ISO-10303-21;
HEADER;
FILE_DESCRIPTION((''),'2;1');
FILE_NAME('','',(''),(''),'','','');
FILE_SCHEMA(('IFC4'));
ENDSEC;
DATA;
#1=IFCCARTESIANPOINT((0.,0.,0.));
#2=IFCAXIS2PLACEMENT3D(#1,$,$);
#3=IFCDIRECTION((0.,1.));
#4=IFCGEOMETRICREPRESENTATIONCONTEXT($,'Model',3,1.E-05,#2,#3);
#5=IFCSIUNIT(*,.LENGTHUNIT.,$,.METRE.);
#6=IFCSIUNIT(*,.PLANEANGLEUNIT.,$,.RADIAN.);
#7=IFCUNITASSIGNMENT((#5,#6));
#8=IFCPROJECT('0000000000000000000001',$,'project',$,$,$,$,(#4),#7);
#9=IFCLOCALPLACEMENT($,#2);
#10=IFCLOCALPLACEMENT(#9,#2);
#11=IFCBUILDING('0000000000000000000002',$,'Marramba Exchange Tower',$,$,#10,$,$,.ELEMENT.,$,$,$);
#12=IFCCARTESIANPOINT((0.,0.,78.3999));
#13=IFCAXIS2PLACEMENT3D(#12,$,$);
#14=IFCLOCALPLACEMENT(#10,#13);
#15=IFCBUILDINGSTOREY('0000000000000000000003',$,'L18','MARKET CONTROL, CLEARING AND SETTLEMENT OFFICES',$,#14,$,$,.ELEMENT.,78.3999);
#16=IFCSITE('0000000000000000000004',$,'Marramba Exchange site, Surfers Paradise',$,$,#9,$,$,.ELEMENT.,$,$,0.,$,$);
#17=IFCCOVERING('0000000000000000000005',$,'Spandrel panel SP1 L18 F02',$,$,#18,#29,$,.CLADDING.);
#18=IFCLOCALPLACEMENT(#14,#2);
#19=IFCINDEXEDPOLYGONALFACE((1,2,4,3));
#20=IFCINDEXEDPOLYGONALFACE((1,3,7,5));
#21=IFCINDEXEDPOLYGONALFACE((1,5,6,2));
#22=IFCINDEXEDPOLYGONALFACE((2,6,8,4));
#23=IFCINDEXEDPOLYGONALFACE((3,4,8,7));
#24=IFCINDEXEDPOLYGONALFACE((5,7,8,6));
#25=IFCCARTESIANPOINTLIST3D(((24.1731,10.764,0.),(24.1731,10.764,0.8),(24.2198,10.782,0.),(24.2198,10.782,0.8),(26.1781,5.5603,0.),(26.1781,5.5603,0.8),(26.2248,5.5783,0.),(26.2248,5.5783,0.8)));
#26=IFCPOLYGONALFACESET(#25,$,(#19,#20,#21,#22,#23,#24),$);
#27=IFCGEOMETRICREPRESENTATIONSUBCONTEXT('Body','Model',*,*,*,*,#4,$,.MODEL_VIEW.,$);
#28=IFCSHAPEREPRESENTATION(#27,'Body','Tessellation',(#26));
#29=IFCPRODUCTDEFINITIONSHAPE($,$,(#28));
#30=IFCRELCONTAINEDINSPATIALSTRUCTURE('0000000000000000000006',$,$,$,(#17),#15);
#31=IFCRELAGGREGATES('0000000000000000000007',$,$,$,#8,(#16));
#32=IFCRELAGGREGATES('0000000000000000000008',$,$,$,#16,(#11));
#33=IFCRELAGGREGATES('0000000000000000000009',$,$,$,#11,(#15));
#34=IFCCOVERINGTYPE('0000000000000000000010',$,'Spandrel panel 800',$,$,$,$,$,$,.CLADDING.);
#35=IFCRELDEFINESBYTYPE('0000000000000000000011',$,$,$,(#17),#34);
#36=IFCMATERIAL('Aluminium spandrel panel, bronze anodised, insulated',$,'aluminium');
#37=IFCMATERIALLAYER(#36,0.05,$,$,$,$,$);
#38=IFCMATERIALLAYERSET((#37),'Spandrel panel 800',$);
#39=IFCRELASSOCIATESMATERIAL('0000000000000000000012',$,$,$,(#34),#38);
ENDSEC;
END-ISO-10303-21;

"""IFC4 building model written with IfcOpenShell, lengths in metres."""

from ifc_helpers import new_model, si_unit, direction, frame, origin, origin_2d, place, context, subcontext, project, spatial, rectangle, extrude, material, layer, layer_set, type_object, element, save


model = new_model("IFC4")

# Units and contexts
model_context = context("Model", 3, precision=1e-05, world=origin(), true_north=direction((0.0, 1.0)))
body_context = subcontext(model_context, "Body", "Model", "MODEL_VIEW")
ifc_project = project(units=[si_unit("LENGTHUNIT", "METRE"), si_unit("PLANEANGLEUNIT", "RADIAN")], contexts=[model_context])

# Site, building, storey
site_placement = place(None, origin())
site = spatial("IfcSite", under=ifc_project, at=site_placement, Name="Marramba Exchange site, Surfers Paradise", CompositionType="ELEMENT", RefElevation=0.0)
building_placement = place(site_placement, origin())
building = spatial("IfcBuilding", under=site, at=building_placement, Name="Marramba Exchange Tower", CompositionType="ELEMENT")
storey_placement = place(building_placement, frame((0.0, 0.0, 78.3999)))
storey = spatial("IfcBuildingStorey", under=building, at=storey_placement, Name="L18", Description="MARKET CONTROL, CLEARING AND SETTLEMENT OFFICES", CompositionType="ELEMENT", Elevation=78.3999)

# Covering
ifc_material_1 = material(Name="Aluminium spandrel panel, bronze anodised, insulated", Category="aluminium")
ifc_layer_1 = layer(ifc_material_1, 0.05)
ifc_layer_set_1 = layer_set([ifc_layer_1], Name="Spandrel panel 800")
covering_type = type_object("IfcCoveringType", Name="Spandrel panel 800", PredefinedType="CLADDING", material=ifc_layer_set_1)
covering_1_placement = place(storey_placement, frame((25.199, 8.1711, 0.0), z_axis=(0.0, 0.0, 1.0), x_axis=(-0.359526, 0.933135, 0.0)))
element("IfcCovering", 1, at=covering_1_placement, inside=storey, type_object=covering_type, Name="Spandrel panel SP1 L18 F02", PredefinedType="CLADDING", context=body_context, shape_type="SweptSolid", body=[
    extrude(rectangle(XDim=5.5767, YDim=0.05, at=origin_2d()), origin(), (0.0, 0.0, 1.0), 0.8),
])

save(model, "model.ifc")
